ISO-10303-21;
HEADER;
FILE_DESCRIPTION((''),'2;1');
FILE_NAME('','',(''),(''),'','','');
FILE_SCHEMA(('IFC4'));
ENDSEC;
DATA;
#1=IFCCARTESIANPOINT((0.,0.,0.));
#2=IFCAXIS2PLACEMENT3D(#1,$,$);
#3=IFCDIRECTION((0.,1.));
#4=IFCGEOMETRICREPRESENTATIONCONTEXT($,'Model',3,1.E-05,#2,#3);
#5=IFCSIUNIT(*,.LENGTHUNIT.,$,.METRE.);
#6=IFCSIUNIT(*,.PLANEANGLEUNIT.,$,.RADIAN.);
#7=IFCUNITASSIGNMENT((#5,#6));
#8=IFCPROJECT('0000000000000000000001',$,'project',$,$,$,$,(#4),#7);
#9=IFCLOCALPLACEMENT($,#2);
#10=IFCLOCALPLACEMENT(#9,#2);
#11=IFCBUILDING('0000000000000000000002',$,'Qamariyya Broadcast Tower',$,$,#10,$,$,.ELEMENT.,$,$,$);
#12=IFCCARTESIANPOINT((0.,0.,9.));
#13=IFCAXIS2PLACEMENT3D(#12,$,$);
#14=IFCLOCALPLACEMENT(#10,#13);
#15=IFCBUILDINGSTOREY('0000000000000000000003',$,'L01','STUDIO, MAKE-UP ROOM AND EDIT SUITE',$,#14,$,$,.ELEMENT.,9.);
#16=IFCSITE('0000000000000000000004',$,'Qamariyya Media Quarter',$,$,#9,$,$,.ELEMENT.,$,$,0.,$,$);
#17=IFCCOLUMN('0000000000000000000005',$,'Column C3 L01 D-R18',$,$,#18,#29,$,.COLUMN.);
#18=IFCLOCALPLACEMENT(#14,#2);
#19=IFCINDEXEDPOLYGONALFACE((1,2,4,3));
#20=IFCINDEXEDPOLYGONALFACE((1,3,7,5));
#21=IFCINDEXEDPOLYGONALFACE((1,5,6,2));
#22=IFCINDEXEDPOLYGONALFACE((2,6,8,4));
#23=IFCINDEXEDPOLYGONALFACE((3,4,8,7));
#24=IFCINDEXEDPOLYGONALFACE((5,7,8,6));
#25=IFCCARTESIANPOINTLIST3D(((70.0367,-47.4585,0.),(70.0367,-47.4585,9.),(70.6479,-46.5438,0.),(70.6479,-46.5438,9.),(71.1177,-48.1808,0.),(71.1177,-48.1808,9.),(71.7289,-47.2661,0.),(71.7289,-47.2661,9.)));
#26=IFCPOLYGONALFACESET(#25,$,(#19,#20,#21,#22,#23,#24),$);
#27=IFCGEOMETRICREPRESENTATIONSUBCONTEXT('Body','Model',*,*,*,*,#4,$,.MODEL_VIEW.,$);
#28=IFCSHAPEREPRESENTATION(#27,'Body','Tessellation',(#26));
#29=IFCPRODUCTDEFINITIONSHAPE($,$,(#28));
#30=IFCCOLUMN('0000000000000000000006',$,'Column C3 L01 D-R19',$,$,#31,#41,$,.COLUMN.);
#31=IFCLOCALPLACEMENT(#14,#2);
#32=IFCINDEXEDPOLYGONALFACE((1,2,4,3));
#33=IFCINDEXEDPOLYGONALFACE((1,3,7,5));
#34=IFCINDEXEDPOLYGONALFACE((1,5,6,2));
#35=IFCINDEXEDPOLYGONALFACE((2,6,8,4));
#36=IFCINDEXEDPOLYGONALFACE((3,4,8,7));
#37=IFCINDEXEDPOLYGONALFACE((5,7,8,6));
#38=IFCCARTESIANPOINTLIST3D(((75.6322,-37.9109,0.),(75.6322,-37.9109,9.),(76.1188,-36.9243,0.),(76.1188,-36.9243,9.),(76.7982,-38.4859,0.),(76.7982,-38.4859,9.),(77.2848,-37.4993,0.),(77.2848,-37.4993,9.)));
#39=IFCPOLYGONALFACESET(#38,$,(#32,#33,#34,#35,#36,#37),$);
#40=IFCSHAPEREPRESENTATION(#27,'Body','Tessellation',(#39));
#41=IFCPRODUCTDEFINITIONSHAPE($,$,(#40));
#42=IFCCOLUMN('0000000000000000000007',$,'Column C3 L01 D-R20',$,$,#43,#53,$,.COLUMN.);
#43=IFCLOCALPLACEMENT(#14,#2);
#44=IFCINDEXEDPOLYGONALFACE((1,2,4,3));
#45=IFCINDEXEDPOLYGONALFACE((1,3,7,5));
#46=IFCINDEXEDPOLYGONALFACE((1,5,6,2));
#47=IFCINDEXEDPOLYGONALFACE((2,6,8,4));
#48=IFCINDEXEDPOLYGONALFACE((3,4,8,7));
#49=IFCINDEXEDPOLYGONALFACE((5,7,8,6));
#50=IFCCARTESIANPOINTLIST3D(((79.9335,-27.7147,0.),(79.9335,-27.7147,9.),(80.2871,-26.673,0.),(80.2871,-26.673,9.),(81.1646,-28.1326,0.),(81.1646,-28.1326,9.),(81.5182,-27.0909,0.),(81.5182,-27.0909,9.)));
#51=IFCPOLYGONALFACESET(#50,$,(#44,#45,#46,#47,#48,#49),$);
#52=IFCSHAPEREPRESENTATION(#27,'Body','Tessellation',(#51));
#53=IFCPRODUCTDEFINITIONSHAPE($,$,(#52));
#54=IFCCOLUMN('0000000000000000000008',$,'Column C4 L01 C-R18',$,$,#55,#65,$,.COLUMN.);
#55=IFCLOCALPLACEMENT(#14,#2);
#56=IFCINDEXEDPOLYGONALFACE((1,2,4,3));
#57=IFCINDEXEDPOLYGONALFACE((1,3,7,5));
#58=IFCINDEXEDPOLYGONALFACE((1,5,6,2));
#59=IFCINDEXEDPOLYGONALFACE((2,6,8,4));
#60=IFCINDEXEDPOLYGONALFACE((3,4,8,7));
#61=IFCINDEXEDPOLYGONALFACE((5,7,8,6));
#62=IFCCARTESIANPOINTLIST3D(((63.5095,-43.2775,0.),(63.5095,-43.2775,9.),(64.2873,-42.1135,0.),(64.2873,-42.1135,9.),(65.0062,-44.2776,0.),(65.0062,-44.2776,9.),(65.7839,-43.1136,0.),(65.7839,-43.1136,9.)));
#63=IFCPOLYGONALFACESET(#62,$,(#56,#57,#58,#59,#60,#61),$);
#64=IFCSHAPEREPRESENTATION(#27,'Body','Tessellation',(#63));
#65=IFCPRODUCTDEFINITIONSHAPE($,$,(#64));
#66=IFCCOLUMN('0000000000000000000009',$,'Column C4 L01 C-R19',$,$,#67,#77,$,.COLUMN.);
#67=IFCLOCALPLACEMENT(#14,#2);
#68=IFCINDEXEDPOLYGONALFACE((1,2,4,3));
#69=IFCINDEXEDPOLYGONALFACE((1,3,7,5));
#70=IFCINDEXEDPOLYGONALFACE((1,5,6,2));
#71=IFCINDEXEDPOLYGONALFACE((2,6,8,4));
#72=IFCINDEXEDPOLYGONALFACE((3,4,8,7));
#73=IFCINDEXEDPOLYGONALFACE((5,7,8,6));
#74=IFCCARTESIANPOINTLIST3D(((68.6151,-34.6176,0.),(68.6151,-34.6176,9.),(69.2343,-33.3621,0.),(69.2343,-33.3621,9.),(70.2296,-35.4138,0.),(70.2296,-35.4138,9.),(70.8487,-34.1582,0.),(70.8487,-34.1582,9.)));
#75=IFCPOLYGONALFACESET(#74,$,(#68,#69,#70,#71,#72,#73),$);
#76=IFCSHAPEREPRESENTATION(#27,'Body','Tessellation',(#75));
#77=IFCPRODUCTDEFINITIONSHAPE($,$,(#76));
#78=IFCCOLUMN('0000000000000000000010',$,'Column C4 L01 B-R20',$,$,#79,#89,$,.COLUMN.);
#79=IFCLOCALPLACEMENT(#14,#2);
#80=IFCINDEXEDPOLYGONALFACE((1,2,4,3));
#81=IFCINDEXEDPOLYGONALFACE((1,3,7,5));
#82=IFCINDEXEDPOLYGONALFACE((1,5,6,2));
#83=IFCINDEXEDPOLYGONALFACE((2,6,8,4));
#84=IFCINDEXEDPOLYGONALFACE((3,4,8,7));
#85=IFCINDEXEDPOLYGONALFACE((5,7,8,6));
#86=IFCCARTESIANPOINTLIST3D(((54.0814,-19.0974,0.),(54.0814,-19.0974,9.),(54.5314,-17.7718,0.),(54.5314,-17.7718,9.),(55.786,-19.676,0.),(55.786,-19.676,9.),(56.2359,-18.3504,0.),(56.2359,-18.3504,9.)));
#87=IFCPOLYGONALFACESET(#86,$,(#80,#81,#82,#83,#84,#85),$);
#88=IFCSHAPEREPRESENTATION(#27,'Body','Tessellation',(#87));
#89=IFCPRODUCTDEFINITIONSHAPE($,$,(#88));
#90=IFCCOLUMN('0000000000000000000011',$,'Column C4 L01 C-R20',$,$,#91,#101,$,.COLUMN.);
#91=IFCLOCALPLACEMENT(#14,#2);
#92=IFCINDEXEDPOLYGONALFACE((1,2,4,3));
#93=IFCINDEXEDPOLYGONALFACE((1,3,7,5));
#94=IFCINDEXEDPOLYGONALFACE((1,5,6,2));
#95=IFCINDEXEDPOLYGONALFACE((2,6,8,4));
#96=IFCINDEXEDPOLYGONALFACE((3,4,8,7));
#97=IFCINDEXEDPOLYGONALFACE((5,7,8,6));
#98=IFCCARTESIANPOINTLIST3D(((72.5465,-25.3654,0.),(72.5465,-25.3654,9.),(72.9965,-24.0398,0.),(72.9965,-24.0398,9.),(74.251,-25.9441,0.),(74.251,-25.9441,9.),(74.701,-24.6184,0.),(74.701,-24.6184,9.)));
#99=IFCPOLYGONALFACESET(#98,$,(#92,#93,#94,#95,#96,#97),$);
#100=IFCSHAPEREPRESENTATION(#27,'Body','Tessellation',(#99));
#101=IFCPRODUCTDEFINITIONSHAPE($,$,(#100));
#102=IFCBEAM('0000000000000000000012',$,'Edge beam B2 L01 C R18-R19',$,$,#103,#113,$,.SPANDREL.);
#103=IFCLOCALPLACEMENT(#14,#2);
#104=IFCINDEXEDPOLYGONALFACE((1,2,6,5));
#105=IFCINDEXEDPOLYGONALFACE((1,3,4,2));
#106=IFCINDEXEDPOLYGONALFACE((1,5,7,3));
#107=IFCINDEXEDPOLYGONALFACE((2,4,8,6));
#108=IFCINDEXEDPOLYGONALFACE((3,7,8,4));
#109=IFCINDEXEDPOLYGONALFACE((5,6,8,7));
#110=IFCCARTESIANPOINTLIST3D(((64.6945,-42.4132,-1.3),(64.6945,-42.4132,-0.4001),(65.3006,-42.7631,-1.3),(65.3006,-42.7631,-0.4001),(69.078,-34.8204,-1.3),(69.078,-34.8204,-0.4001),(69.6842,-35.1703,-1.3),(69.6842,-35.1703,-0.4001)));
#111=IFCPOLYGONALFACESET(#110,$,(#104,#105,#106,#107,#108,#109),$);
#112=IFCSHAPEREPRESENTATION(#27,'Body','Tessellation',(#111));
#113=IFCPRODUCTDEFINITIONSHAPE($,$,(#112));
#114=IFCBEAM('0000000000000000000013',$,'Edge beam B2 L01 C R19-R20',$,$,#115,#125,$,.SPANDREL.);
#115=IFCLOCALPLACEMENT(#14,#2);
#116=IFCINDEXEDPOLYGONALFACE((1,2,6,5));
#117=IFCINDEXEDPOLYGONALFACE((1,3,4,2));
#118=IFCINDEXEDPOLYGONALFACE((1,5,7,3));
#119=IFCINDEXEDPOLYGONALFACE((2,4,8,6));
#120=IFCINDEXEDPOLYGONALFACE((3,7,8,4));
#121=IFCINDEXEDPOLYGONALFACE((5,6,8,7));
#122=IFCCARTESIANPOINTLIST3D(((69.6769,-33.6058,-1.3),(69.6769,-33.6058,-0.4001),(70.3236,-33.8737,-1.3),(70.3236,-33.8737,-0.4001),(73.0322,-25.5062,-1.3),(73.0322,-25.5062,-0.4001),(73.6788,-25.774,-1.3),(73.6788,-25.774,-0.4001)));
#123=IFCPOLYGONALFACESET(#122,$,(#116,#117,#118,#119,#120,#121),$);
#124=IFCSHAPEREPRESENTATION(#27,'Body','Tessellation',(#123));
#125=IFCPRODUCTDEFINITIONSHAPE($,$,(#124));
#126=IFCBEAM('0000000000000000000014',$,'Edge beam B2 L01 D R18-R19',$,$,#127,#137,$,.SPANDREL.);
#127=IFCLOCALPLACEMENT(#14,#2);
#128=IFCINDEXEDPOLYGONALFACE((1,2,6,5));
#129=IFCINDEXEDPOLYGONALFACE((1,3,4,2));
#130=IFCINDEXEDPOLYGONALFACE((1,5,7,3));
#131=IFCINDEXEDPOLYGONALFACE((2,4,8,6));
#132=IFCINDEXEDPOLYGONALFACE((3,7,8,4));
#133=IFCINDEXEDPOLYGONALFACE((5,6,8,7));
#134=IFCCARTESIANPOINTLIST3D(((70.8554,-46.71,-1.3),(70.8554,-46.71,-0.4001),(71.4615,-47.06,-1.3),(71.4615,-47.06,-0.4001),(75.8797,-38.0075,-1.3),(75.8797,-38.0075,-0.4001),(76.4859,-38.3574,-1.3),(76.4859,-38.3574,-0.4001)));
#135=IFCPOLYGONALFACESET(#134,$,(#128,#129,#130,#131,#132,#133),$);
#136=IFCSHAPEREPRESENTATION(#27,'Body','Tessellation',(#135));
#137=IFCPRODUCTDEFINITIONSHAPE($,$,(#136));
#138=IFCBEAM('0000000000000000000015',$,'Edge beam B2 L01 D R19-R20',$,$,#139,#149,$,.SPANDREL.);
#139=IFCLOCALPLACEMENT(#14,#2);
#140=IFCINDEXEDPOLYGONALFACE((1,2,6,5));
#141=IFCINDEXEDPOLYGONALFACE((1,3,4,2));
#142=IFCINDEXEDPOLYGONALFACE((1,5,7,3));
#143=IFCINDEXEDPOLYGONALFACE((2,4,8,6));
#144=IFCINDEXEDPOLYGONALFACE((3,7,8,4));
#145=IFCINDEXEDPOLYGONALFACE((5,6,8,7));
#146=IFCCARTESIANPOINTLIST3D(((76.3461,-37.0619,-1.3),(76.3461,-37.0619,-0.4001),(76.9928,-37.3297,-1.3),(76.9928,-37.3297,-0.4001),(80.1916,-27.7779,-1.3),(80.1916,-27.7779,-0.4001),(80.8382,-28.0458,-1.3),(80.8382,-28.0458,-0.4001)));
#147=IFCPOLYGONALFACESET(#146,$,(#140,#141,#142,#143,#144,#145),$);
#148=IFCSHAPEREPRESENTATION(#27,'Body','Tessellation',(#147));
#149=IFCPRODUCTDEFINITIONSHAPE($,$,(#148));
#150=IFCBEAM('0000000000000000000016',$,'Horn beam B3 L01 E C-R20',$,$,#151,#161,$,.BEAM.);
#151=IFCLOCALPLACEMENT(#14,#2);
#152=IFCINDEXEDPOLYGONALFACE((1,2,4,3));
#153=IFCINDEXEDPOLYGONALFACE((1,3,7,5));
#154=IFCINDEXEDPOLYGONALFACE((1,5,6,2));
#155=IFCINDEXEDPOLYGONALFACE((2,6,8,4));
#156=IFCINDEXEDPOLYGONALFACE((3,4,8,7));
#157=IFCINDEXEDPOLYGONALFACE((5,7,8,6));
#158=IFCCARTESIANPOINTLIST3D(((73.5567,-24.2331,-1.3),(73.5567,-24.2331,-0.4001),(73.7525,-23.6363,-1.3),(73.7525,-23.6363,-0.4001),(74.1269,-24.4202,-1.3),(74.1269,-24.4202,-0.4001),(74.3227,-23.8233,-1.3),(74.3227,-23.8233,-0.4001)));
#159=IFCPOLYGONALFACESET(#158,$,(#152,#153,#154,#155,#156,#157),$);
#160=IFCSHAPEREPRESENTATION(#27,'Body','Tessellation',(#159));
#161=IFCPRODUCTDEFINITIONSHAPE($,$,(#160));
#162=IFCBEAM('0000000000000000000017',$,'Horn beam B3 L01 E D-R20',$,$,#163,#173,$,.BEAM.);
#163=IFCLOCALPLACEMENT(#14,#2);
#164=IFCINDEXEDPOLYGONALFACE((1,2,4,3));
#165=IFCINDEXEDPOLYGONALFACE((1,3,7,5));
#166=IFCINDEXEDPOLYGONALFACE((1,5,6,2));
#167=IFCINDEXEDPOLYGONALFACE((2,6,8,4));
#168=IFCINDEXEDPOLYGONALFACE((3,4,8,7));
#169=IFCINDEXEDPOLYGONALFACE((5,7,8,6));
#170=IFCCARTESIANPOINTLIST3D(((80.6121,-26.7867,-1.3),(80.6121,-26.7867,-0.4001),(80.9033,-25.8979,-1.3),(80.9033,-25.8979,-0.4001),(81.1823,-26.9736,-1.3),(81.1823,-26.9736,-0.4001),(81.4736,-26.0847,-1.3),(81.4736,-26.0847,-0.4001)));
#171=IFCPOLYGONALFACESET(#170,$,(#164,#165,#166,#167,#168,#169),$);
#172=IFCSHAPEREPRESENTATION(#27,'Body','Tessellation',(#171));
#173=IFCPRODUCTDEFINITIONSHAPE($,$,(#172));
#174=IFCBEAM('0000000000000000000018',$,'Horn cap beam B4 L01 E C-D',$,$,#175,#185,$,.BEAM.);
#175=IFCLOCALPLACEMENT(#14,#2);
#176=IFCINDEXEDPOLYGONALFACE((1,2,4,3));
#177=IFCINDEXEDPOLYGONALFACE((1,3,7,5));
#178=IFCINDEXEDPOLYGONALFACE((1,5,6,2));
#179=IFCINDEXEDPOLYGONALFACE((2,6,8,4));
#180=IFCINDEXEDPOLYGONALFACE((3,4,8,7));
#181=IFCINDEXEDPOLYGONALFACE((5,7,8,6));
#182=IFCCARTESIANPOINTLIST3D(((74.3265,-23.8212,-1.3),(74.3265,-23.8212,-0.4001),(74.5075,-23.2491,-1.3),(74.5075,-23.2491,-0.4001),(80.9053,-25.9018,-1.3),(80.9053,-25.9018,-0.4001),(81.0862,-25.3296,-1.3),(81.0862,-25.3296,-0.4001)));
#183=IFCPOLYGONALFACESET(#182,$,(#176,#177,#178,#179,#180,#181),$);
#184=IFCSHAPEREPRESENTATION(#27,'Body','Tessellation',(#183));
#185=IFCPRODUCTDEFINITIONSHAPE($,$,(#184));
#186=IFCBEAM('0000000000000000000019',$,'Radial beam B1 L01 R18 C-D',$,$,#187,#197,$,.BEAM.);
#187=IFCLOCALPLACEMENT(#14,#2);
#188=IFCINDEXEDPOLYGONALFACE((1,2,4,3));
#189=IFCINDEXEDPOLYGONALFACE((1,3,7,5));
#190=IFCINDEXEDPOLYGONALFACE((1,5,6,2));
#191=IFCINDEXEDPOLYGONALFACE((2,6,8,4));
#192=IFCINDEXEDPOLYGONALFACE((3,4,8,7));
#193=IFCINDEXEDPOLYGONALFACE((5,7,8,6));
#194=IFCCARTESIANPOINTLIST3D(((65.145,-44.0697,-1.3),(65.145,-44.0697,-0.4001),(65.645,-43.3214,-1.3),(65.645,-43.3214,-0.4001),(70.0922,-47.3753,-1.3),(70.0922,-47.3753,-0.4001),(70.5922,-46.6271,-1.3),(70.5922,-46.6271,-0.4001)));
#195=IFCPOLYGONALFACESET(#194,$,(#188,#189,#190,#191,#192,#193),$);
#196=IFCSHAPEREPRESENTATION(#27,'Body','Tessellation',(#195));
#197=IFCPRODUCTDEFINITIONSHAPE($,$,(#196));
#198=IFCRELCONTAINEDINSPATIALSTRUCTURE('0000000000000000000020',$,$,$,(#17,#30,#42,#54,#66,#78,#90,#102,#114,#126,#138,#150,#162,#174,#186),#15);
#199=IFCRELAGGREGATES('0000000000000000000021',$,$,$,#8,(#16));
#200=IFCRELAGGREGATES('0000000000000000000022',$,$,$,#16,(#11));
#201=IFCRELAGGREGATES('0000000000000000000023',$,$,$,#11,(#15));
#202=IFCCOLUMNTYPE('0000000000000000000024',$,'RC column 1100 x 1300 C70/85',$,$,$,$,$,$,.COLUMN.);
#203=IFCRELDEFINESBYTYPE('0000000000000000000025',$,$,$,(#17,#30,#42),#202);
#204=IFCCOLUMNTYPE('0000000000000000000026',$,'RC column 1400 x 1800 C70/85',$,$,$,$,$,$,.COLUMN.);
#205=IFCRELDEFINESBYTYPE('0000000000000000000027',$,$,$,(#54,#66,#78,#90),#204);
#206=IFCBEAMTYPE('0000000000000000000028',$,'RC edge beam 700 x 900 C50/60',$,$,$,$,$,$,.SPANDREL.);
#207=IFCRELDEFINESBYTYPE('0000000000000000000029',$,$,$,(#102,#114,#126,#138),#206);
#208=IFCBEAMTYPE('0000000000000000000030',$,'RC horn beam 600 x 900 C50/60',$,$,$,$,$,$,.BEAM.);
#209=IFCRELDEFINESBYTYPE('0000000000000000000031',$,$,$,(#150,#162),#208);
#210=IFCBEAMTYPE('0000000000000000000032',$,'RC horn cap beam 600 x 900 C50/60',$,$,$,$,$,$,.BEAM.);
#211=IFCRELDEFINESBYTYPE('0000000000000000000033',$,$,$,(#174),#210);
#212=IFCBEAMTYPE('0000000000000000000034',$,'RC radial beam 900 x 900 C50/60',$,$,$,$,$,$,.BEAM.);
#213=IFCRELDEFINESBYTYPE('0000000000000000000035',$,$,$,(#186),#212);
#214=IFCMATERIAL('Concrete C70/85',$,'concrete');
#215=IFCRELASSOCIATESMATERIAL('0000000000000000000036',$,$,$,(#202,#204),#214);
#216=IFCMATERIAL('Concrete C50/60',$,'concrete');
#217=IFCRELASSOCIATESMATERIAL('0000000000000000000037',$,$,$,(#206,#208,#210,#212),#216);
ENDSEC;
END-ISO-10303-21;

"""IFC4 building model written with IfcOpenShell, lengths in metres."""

from ifc_helpers import new_model, si_unit, direction, frame, origin, origin_2d, place, context, subcontext, project, spatial, rectangle, extrude, material, material_profile, profile_set, type_object, element, save


model = new_model("IFC4")

# Units and contexts
model_context = context("Model", 3, precision=1e-05, world=origin(), true_north=direction((0.0, 1.0)))
body_context = subcontext(model_context, "Body", "Model", "MODEL_VIEW")
ifc_project = project(units=[si_unit("LENGTHUNIT", "METRE"), si_unit("PLANEANGLEUNIT", "RADIAN")], contexts=[model_context])

# Site, building, storey
site_placement = place(None, origin())
site = spatial("IfcSite", under=ifc_project, at=site_placement, Name="Qamariyya Media Quarter", CompositionType="ELEMENT", RefElevation=0.0)
building_placement = place(site_placement, origin())
building = spatial("IfcBuilding", under=site, at=building_placement, Name="Qamariyya Broadcast Tower", CompositionType="ELEMENT")
storey_placement = place(building_placement, frame((0.0, 0.0, 9.0)))
storey = spatial("IfcBuildingStorey", under=building, at=storey_placement, Name="L01", Description="STUDIO, MAKE-UP ROOM AND EDIT SUITE", CompositionType="ELEMENT", Elevation=9.0)

# Columns
ifc_material_1 = material(Name="Concrete C70/85", Category="concrete")
ifc_material_profile_1 = material_profile(ifc_material_1, rectangle(XDim=1.1001, YDim=1.3, at=origin_2d()))
ifc_profile_set_1 = profile_set([ifc_material_profile_1], Name="Concrete C70/85")
column_type_1 = type_object("IfcColumnType", Name="RC column 1100 x 1300 C70/85", PredefinedType="COLUMN", material=ifc_profile_set_1)
for number, where, z_axis, x_axis, name in (
    (1, (70.8828, -47.3623, 0.0), (0.0, 0.0, 1.0), (0.55557, 0.83147, 0.0), "Column C3 L01 D-R18"),
    (2, (76.4585, -37.7051, 0.0), (0.0, 0.0, 1.0), (0.442289, 0.896873, 0.0), "Column C3 L01 D-R19"),
    (3, (80.7258, -27.4028, 0.0), (0.0, 0.0, 1.0), (0.321439, 0.94693, 0.0), "Column C3 L01 D-R20"),
):
    element("IfcColumn", number, at=place(storey_placement, frame(where, z_axis=z_axis, x_axis=x_axis)), inside=storey, type_object=column_type_1, Name=name, PredefinedType="COLUMN", context=body_context, shape_type="SweptSolid", body=[
        extrude(rectangle(XDim=1.1001, YDim=1.3, at=origin_2d()), origin(), (0.0, 0.0, 1.0), 9.0),
    ])
ifc_material_profile_2 = material_profile(ifc_material_1, rectangle(XDim=1.3999, YDim=1.8, at=origin_2d()))
ifc_profile_set_2 = profile_set([ifc_material_profile_2], Name="Concrete C70/85")
column_type_2 = type_object("IfcColumnType", Name="RC column 1400 x 1800 C70/85", PredefinedType="COLUMN", material=ifc_profile_set_2)
for number, where, z_axis, x_axis, name in (
    (4, (64.6467, -43.1956, 0.0), (0.0, 0.0, 1.0), (0.55557, 0.83147, 0.0), "Column C4 L01 C-R18"),
    (5, (69.7319, -34.3879, 0.0), (0.0, 0.0, 1.0), (0.442289, 0.896873, 0.0), "Column C4 L01 C-R19"),
    (6, (55.1587, -18.7239, 0.0), (0.0, 0.0, 1.0), (0.321439, 0.94693, 0.0), "Column C4 L01 B-R20"),
    (7, (73.6238, -24.9919, 0.0), (0.0, 0.0, 1.0), (0.321439, 0.94693, 0.0), "Column C4 L01 C-R20"),
):
    element("IfcColumn", number, at=place(storey_placement, frame(where, z_axis=z_axis, x_axis=x_axis)), inside=storey, type_object=column_type_2, Name=name, PredefinedType="COLUMN", context=body_context, shape_type="SweptSolid", body=[
        extrude(rectangle(XDim=1.3999, YDim=1.8, at=origin_2d()), origin(), (0.0, 0.0, 1.0), 9.0),
    ])

# Beams
ifc_material_2 = material(Name="Concrete C50/60", Category="concrete")
ifc_material_profile_3 = material_profile(ifc_material_2, rectangle(XDim=0.7, YDim=0.8999, at=origin_2d()))
ifc_profile_set_3 = profile_set([ifc_material_profile_3], Name="Concrete C50/60")
beam_type_1 = type_object("IfcBeamType", Name="RC edge beam 700 x 900 C50/60", PredefinedType="SPANDREL", material=ifc_profile_set_3)
beam_1_placement = place(storey_placement, frame((64.9976, -42.5881, -0.8501), z_axis=(0.499988, 0.866033, 0.0), x_axis=(-0.866033, 0.499988, 0.0)))
element("IfcBeam", 8, at=beam_1_placement, inside=storey, type_object=beam_type_1, Name="Edge beam B2 L01 C R18-R19", PredefinedType="SPANDREL", context=body_context, shape_type="SweptSolid", body=[
    extrude(rectangle(XDim=0.7, YDim=0.8999, at=origin_2d()), origin(), (0.0, 0.0, 1.0), 8.7673),
])
beam_2_placement = place(storey_placement, frame((70.0002, -33.7397, -0.8501), z_axis=(0.382708, 0.923869, 0.0), x_axis=(-0.923869, 0.382708, 0.0)))
element("IfcBeam", 9, at=beam_2_placement, inside=storey, type_object=beam_type_1, Name="Edge beam B2 L01 C R19-R20", PredefinedType="SPANDREL", context=body_context, shape_type="SweptSolid", body=[
    extrude(rectangle(XDim=0.7, YDim=0.8999, at=origin_2d()), origin(), (0.0, 0.0, 1.0), 8.7671),
])
for number, where, z_axis, x_axis, name in (
    (10, (71.1584, -46.885, -0.8501), (0.499996, 0.866028, 0.0), (-0.866028, 0.499996, 0.0), "Edge beam B2 L01 D R18-R19"),
    (11, (76.6694, -37.1958, -0.8501), (0.382677, 0.923882, 0.0), (-0.923882, 0.382677, 0.0), "Edge beam B2 L01 D R19-R20"),
):
    element("IfcBeam", number, at=place(storey_placement, frame(where, z_axis=z_axis, x_axis=x_axis)), inside=storey, type_object=beam_type_1, Name=name, PredefinedType="SPANDREL", context=body_context, shape_type="SweptSolid", body=[
        extrude(rectangle(XDim=0.7, YDim=0.8999, at=origin_2d()), origin(), (0.0, 0.0, 1.0), 10.0488),
    ])
ifc_material_profile_4 = material_profile(ifc_material_2, rectangle(XDim=0.6001, YDim=0.8999, at=origin_2d()))
ifc_profile_set_4 = profile_set([ifc_material_profile_4], Name="Concrete C50/60")
beam_type_2 = type_object("IfcBeamType", Name="RC horn beam 600 x 900 C50/60", PredefinedType="BEAM", material=ifc_profile_set_4)
beam_3_placement = place(storey_placement, frame((73.8418, -24.3267, -0.8501), z_axis=(0.311677, 0.950188, 0.0), x_axis=(-0.950188, 0.311677, 0.0)))
element("IfcBeam", 12, at=beam_3_placement, inside=storey, type_object=beam_type_2, Name="Horn beam B3 L01 E C-R20", PredefinedType="BEAM", context=body_context, shape_type="SweptSolid", body=[
    extrude(rectangle(XDim=0.6001, YDim=0.8999, at=origin_2d()), origin(), (0.0, 0.0, 1.0), 0.6282),
])
beam_4_placement = place(storey_placement, frame((80.8972, -26.8801, -0.8501), z_axis=(0.311369, 0.950289, 0.0), x_axis=(-0.950289, 0.311369, 0.0)))
element("IfcBeam", 13, at=beam_4_placement, inside=storey, type_object=beam_type_2, Name="Horn beam B3 L01 E D-R20", PredefinedType="BEAM", context=body_context, shape_type="SweptSolid", body=[
    extrude(rectangle(XDim=0.6001, YDim=0.8999, at=origin_2d()), origin(), (0.0, 0.0, 1.0), 0.9353),
])
ifc_material_profile_5 = material_profile(ifc_material_2, rectangle(XDim=0.6001, YDim=0.8999, at=origin_2d()))
ifc_profile_set_5 = profile_set([ifc_material_profile_5], Name="Concrete C50/60")
beam_type_3 = type_object("IfcBeamType", Name="RC horn cap beam 600 x 900 C50/60", PredefinedType="BEAM", material=ifc_profile_set_5)
beam_5_placement = place(storey_placement, frame((74.417, -23.5352, -0.8501), z_axis=(0.953456, -0.301531, 0.0), x_axis=(0.301531, 0.953456, 0.0)))
element("IfcBeam", 14, at=beam_5_placement, inside=storey, type_object=beam_type_3, Name="Horn cap beam B4 L01 E C-D", PredefinedType="BEAM", context=body_context, shape_type="SweptSolid", body=[
    extrude(rectangle(XDim=0.6001, YDim=0.8999, at=origin_2d()), origin(), (0.0, 0.0, 1.0), 6.8999),
])
ifc_material_profile_6 = material_profile(ifc_material_2, rectangle(XDim=0.8999, YDim=0.8999, at=origin_2d()))
ifc_profile_set_6 = profile_set([ifc_material_profile_6], Name="Concrete C50/60")
beam_type_4 = type_object("IfcBeamType", Name="RC radial beam 900 x 900 C50/60", PredefinedType="BEAM", material=ifc_profile_set_6)
beam_6_placement = place(storey_placement, frame((65.395, -43.6956, -0.8501), z_axis=(0.831469, -0.555571, 0.0), x_axis=(0.555571, 0.831469, 0.0)))
element("IfcBeam", 15, at=beam_6_placement, inside=storey, type_object=beam_type_4, Name="Radial beam B1 L01 R18 C-D", PredefinedType="BEAM", context=body_context, shape_type="SweptSolid", body=[
    extrude(rectangle(XDim=0.8999, YDim=0.8999, at=origin_2d()), origin(), (0.0, 0.0, 1.0), 5.95),
])

save(model, "model.ifc")
